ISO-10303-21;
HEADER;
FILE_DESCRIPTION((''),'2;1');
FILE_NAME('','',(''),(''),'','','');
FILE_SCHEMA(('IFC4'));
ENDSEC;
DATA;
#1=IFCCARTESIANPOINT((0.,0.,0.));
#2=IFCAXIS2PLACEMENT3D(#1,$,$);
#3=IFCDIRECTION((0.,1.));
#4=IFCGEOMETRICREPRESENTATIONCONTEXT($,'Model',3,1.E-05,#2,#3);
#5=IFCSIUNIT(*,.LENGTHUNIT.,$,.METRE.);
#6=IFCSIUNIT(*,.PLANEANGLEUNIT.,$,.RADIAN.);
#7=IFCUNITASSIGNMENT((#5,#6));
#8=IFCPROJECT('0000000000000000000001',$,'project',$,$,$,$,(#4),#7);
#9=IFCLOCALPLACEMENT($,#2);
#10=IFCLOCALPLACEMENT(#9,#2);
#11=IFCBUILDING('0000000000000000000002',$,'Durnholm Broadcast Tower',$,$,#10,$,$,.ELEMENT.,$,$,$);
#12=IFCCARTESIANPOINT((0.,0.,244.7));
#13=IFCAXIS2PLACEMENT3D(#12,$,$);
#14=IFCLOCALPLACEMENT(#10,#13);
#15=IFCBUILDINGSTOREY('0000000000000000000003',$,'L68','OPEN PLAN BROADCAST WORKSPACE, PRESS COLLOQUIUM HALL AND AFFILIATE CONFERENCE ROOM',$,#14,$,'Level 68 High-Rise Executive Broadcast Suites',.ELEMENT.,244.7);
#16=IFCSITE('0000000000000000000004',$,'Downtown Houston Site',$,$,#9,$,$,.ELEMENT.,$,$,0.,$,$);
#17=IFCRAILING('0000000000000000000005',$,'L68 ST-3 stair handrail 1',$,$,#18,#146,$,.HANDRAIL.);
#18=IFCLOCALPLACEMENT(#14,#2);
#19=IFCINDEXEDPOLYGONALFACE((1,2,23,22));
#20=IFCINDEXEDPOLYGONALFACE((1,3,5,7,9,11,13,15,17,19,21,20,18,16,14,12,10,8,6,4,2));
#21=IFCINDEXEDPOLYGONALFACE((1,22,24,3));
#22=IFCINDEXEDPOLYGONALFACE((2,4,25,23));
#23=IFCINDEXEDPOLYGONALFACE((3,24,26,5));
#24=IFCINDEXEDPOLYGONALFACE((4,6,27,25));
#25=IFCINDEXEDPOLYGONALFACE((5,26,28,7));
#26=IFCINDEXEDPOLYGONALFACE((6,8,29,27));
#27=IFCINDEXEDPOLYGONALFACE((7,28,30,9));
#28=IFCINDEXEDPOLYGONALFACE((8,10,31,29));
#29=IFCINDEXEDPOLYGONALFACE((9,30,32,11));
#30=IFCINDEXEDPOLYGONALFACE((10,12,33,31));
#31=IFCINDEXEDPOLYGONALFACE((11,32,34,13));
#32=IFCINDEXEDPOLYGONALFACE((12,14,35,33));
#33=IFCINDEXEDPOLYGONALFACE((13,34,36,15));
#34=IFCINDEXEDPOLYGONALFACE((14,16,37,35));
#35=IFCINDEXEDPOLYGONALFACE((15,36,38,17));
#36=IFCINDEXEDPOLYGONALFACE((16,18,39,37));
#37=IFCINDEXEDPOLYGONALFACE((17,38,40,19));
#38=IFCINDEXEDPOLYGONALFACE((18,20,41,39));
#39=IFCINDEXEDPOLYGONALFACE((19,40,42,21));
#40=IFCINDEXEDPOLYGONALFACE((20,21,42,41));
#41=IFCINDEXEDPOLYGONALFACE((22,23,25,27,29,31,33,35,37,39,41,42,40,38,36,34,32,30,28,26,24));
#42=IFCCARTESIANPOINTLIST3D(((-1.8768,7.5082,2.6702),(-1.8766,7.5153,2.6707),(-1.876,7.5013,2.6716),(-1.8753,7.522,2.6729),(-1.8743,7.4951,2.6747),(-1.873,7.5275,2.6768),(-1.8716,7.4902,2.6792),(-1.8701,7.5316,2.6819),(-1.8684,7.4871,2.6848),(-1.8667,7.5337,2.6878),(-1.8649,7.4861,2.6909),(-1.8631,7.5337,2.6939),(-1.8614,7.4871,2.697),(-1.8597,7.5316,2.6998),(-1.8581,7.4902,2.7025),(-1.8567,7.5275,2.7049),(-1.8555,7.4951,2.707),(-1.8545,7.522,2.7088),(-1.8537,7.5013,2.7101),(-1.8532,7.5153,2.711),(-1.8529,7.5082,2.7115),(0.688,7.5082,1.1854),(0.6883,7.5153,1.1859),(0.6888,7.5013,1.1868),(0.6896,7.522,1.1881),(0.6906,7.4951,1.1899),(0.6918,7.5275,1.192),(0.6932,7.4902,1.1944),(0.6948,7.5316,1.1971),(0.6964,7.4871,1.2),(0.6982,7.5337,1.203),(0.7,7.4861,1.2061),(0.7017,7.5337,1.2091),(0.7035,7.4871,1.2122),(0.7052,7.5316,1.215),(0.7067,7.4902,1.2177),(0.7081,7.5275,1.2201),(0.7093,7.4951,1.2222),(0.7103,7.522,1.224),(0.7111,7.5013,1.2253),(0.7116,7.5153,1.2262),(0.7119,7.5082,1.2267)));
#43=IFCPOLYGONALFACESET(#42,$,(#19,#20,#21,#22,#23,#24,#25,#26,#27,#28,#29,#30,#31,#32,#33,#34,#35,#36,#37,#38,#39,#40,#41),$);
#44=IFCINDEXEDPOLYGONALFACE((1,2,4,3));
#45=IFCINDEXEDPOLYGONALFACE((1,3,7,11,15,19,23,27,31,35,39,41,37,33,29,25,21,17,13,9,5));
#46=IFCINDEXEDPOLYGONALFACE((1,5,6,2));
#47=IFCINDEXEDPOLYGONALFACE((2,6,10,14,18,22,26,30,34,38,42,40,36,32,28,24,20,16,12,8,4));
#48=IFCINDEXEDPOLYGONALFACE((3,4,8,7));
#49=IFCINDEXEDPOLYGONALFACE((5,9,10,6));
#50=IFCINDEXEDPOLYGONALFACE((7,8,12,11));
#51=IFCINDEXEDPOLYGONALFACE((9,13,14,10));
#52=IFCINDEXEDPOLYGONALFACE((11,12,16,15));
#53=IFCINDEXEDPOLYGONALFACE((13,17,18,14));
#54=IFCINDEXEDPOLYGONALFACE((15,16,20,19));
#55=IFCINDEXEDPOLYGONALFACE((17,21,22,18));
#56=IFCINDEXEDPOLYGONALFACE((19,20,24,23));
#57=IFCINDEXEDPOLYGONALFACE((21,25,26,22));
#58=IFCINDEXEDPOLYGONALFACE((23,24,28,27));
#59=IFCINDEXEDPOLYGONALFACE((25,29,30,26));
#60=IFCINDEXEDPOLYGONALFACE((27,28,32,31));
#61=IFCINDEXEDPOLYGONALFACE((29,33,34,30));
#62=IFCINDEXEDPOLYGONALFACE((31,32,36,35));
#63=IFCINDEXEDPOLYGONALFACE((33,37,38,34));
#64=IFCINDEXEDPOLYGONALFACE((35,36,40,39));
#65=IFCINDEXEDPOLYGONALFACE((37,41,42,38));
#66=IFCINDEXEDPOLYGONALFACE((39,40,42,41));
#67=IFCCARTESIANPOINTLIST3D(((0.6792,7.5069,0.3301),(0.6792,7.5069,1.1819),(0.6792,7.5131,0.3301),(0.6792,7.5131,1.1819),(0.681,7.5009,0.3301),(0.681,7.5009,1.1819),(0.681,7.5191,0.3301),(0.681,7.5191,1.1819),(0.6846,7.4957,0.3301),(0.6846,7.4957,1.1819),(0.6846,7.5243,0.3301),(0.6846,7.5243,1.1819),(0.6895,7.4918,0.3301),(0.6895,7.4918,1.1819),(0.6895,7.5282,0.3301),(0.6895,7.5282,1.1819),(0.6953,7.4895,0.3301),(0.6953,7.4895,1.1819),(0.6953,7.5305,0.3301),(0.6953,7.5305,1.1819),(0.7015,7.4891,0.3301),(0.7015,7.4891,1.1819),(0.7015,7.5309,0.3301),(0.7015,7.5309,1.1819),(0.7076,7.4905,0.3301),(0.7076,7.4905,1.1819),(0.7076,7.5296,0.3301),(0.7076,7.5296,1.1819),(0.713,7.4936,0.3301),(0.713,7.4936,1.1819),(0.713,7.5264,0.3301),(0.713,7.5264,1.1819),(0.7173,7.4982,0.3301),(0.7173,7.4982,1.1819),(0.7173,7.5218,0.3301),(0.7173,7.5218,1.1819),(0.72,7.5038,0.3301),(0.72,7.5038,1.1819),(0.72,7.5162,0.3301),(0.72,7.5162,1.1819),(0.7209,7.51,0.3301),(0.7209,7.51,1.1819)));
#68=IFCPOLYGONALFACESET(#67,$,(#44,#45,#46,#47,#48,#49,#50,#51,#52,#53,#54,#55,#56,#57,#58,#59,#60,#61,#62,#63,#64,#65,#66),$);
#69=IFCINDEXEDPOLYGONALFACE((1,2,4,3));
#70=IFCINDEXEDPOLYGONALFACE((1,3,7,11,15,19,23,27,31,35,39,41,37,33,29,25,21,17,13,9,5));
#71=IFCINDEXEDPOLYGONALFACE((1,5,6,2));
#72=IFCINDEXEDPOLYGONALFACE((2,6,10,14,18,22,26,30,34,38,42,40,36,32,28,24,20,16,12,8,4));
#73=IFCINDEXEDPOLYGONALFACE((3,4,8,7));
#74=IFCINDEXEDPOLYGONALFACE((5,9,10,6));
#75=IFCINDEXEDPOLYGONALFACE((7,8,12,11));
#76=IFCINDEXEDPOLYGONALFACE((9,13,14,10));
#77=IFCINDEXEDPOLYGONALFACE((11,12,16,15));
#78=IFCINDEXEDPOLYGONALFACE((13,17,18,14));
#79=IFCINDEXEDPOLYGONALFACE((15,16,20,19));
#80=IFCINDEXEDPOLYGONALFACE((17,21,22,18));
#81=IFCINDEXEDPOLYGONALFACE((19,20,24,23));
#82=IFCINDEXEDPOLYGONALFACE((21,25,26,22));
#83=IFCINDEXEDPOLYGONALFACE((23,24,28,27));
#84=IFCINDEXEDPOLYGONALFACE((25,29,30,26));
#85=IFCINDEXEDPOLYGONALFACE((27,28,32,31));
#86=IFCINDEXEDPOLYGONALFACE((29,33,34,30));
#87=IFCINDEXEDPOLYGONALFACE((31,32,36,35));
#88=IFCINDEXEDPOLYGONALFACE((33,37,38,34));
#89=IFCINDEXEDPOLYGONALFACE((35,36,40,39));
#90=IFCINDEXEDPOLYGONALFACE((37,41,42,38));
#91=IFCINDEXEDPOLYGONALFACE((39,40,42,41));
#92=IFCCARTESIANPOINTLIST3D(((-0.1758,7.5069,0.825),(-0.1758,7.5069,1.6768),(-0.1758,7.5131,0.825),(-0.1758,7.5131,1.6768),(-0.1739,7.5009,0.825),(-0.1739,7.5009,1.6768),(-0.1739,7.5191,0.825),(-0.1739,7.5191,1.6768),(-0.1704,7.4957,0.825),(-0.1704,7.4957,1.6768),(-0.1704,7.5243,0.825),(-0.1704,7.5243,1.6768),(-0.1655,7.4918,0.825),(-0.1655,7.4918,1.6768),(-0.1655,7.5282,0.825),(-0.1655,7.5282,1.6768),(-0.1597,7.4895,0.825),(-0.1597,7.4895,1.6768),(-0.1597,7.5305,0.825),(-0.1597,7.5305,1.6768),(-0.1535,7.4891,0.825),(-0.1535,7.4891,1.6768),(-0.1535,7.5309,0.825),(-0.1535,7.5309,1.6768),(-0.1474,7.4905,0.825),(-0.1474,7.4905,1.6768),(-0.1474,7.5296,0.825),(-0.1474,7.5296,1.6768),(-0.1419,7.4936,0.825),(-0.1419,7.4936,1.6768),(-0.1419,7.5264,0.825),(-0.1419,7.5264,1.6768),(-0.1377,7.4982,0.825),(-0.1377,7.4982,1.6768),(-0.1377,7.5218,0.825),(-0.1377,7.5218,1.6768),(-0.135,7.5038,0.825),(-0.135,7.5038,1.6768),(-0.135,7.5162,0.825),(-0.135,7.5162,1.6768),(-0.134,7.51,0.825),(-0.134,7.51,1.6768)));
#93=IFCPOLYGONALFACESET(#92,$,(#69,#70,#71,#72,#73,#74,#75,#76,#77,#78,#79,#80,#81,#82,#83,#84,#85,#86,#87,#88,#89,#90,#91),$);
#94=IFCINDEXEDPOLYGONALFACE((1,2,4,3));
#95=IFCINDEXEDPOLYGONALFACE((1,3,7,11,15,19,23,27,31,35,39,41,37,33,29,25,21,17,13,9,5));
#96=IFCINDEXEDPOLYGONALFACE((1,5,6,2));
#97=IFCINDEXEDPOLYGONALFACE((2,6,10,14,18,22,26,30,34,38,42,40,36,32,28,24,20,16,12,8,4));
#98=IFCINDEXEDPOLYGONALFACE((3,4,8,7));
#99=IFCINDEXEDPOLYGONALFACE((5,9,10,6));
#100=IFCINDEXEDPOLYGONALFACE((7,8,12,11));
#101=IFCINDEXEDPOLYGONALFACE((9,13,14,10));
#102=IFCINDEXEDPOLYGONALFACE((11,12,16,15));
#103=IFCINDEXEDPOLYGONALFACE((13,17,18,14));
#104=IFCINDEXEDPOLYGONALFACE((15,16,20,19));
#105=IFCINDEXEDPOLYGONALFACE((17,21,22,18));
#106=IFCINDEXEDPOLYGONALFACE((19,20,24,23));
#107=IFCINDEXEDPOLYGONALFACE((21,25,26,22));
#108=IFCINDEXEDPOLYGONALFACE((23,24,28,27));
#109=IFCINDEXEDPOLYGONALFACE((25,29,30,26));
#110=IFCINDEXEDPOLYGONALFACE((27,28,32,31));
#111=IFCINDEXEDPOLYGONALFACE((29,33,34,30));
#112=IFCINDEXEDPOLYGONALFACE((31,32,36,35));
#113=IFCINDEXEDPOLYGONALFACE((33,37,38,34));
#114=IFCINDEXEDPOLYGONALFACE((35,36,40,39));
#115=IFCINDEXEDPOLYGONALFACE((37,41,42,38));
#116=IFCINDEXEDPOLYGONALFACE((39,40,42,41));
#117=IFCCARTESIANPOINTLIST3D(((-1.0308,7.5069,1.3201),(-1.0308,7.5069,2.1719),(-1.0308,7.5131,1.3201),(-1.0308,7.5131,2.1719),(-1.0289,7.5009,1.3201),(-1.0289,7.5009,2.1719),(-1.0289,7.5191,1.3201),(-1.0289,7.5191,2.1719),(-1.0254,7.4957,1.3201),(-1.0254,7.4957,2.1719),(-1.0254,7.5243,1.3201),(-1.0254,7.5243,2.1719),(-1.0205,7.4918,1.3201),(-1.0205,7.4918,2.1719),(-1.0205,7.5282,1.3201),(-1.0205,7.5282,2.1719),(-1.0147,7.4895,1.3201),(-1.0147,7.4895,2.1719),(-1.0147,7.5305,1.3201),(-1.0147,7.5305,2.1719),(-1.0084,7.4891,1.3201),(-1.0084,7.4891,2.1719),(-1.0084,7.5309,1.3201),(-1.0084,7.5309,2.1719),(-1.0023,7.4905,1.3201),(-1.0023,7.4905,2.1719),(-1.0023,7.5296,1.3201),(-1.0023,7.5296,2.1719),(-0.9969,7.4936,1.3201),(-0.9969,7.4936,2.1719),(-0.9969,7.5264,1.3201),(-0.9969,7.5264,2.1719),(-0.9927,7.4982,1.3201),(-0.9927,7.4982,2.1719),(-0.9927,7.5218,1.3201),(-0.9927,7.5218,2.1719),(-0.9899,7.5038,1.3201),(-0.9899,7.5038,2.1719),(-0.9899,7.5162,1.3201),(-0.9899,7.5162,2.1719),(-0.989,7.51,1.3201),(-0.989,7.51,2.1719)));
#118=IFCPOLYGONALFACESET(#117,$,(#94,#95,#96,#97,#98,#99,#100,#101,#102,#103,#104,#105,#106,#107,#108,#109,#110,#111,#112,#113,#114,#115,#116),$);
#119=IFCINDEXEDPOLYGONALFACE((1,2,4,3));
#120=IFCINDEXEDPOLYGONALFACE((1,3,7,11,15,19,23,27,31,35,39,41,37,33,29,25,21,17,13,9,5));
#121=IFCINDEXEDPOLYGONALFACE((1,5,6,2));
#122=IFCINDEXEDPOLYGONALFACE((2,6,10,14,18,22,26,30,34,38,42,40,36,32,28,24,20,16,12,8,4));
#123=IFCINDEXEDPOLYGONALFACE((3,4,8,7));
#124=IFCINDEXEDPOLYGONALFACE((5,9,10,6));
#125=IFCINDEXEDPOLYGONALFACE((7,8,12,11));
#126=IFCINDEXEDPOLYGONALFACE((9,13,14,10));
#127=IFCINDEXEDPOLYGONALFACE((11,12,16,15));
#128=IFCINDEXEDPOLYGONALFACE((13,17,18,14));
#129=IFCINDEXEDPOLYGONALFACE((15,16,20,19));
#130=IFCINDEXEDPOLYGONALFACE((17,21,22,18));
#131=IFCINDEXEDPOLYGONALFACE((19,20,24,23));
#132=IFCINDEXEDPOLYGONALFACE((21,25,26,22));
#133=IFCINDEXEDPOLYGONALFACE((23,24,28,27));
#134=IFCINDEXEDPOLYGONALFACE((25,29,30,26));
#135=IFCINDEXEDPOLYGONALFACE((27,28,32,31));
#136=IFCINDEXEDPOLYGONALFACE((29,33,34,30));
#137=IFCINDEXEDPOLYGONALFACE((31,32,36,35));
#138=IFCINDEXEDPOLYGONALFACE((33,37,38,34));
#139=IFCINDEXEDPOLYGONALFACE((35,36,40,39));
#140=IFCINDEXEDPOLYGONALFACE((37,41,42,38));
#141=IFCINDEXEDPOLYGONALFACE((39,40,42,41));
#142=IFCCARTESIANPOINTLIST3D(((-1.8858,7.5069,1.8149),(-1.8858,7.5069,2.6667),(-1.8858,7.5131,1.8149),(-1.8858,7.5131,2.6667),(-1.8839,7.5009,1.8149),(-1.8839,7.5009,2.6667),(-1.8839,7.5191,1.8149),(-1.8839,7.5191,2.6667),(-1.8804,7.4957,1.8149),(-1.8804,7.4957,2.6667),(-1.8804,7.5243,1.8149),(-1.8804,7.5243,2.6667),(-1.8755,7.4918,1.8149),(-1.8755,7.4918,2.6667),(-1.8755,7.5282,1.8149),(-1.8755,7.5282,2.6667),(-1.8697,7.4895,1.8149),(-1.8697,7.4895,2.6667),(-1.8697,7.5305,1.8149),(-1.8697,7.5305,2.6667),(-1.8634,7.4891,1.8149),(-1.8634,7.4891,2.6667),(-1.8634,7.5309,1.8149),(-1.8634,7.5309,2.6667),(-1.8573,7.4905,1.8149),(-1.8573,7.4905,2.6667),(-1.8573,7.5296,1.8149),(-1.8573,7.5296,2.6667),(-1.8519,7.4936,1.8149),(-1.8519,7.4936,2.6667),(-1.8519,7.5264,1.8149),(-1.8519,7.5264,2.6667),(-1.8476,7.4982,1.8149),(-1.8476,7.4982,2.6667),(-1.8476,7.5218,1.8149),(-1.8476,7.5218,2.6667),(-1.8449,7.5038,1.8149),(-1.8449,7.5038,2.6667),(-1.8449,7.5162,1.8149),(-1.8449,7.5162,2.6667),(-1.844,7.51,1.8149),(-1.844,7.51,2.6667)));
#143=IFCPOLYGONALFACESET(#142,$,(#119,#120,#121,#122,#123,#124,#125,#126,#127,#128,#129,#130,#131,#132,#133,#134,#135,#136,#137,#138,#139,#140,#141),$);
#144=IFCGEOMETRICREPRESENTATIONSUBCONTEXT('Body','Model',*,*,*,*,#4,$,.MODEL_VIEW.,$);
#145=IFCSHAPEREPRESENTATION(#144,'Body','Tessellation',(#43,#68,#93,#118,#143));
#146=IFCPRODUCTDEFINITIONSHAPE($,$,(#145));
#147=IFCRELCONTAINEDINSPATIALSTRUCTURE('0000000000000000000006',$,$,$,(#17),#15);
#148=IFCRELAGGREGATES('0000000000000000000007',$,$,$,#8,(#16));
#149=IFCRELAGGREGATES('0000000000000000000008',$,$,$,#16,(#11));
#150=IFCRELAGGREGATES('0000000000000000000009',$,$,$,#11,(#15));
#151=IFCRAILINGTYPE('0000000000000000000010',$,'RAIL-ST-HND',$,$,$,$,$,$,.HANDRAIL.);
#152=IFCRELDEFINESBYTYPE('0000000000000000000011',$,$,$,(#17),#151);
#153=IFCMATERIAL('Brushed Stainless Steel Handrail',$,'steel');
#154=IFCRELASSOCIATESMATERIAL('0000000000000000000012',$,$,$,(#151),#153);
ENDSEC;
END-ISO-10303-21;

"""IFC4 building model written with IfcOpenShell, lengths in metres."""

from ifc_helpers import new_model, si_unit, direction, frame, origin, origin_2d, place, context, subcontext, project, spatial, circle, extrude, material, type_object, element, save


model = new_model("IFC4")

# Units and contexts
model_context = context("Model", 3, precision=1e-05, world=origin(), true_north=direction((0.0, 1.0)))
body_context = subcontext(model_context, "Body", "Model", "MODEL_VIEW")
ifc_project = project(units=[si_unit("LENGTHUNIT", "METRE"), si_unit("PLANEANGLEUNIT", "RADIAN")], contexts=[model_context])

# Site, building, storey
site_placement = place(None, origin())
site = spatial("IfcSite", under=ifc_project, at=site_placement, Name="Downtown Houston Site", CompositionType="ELEMENT", RefElevation=0.0)
building_placement = place(site_placement, origin())
building = spatial("IfcBuilding", under=site, at=building_placement, Name="Durnholm Broadcast Tower", CompositionType="ELEMENT")
storey_placement = place(building_placement, frame((0.0, 0.0, 244.7)))
storey = spatial("IfcBuildingStorey", under=building, at=storey_placement, Name="L68", Description="OPEN PLAN BROADCAST WORKSPACE, PRESS COLLOQUIUM HALL AND AFFILIATE CONFERENCE ROOM", LongName="Level 68 High-Rise Executive Broadcast Suites", CompositionType="ELEMENT", Elevation=244.7)

# Railing
ifc_material_1 = material(Name="Brushed Stainless Steel Handrail", Category="steel")
railing_type_1 = type_object("IfcRailingType", Name="RAIL-ST-HND", PredefinedType="HANDRAIL", material=ifc_material_1)
railing_1_placement = place(storey_placement, frame((0.7, 7.51, 0.3301)))
element("IfcRailing", 1, at=railing_1_placement, inside=storey, type_object=railing_type_1, Name="L68 ST-3 stair handrail 1", PredefinedType="HANDRAIL", context=body_context, shape_type="SweptSolid", body=[
    extrude(circle(Radius=0.0239, at=origin_2d()), frame((0.0, 0.0, 0.876), z_axis=(-0.865441, 0.0, 0.50101), x_axis=(0.0, -1.0, 0.0)), (0.0, 0.0, 1.0), 2.9636),
    extrude(circle(Radius=0.021, at=origin_2d()), origin(), (0.0, 0.0, 1.0), 0.8518),
    extrude(circle(Radius=0.021, at=origin_2d()), frame((-0.855, 0.0, 0.4949)), (0.0, 0.0, 1.0), 0.8518),
    extrude(circle(Radius=0.021, at=origin_2d()), frame((-1.71, 0.0, 0.99)), (0.0, 0.0, 1.0), 0.8518),
    extrude(circle(Radius=0.021, at=origin_2d()), frame((-2.5649, 0.0, 1.4849)), (0.0, 0.0, 1.0), 0.8518),
])

save(model, "model.ifc")
